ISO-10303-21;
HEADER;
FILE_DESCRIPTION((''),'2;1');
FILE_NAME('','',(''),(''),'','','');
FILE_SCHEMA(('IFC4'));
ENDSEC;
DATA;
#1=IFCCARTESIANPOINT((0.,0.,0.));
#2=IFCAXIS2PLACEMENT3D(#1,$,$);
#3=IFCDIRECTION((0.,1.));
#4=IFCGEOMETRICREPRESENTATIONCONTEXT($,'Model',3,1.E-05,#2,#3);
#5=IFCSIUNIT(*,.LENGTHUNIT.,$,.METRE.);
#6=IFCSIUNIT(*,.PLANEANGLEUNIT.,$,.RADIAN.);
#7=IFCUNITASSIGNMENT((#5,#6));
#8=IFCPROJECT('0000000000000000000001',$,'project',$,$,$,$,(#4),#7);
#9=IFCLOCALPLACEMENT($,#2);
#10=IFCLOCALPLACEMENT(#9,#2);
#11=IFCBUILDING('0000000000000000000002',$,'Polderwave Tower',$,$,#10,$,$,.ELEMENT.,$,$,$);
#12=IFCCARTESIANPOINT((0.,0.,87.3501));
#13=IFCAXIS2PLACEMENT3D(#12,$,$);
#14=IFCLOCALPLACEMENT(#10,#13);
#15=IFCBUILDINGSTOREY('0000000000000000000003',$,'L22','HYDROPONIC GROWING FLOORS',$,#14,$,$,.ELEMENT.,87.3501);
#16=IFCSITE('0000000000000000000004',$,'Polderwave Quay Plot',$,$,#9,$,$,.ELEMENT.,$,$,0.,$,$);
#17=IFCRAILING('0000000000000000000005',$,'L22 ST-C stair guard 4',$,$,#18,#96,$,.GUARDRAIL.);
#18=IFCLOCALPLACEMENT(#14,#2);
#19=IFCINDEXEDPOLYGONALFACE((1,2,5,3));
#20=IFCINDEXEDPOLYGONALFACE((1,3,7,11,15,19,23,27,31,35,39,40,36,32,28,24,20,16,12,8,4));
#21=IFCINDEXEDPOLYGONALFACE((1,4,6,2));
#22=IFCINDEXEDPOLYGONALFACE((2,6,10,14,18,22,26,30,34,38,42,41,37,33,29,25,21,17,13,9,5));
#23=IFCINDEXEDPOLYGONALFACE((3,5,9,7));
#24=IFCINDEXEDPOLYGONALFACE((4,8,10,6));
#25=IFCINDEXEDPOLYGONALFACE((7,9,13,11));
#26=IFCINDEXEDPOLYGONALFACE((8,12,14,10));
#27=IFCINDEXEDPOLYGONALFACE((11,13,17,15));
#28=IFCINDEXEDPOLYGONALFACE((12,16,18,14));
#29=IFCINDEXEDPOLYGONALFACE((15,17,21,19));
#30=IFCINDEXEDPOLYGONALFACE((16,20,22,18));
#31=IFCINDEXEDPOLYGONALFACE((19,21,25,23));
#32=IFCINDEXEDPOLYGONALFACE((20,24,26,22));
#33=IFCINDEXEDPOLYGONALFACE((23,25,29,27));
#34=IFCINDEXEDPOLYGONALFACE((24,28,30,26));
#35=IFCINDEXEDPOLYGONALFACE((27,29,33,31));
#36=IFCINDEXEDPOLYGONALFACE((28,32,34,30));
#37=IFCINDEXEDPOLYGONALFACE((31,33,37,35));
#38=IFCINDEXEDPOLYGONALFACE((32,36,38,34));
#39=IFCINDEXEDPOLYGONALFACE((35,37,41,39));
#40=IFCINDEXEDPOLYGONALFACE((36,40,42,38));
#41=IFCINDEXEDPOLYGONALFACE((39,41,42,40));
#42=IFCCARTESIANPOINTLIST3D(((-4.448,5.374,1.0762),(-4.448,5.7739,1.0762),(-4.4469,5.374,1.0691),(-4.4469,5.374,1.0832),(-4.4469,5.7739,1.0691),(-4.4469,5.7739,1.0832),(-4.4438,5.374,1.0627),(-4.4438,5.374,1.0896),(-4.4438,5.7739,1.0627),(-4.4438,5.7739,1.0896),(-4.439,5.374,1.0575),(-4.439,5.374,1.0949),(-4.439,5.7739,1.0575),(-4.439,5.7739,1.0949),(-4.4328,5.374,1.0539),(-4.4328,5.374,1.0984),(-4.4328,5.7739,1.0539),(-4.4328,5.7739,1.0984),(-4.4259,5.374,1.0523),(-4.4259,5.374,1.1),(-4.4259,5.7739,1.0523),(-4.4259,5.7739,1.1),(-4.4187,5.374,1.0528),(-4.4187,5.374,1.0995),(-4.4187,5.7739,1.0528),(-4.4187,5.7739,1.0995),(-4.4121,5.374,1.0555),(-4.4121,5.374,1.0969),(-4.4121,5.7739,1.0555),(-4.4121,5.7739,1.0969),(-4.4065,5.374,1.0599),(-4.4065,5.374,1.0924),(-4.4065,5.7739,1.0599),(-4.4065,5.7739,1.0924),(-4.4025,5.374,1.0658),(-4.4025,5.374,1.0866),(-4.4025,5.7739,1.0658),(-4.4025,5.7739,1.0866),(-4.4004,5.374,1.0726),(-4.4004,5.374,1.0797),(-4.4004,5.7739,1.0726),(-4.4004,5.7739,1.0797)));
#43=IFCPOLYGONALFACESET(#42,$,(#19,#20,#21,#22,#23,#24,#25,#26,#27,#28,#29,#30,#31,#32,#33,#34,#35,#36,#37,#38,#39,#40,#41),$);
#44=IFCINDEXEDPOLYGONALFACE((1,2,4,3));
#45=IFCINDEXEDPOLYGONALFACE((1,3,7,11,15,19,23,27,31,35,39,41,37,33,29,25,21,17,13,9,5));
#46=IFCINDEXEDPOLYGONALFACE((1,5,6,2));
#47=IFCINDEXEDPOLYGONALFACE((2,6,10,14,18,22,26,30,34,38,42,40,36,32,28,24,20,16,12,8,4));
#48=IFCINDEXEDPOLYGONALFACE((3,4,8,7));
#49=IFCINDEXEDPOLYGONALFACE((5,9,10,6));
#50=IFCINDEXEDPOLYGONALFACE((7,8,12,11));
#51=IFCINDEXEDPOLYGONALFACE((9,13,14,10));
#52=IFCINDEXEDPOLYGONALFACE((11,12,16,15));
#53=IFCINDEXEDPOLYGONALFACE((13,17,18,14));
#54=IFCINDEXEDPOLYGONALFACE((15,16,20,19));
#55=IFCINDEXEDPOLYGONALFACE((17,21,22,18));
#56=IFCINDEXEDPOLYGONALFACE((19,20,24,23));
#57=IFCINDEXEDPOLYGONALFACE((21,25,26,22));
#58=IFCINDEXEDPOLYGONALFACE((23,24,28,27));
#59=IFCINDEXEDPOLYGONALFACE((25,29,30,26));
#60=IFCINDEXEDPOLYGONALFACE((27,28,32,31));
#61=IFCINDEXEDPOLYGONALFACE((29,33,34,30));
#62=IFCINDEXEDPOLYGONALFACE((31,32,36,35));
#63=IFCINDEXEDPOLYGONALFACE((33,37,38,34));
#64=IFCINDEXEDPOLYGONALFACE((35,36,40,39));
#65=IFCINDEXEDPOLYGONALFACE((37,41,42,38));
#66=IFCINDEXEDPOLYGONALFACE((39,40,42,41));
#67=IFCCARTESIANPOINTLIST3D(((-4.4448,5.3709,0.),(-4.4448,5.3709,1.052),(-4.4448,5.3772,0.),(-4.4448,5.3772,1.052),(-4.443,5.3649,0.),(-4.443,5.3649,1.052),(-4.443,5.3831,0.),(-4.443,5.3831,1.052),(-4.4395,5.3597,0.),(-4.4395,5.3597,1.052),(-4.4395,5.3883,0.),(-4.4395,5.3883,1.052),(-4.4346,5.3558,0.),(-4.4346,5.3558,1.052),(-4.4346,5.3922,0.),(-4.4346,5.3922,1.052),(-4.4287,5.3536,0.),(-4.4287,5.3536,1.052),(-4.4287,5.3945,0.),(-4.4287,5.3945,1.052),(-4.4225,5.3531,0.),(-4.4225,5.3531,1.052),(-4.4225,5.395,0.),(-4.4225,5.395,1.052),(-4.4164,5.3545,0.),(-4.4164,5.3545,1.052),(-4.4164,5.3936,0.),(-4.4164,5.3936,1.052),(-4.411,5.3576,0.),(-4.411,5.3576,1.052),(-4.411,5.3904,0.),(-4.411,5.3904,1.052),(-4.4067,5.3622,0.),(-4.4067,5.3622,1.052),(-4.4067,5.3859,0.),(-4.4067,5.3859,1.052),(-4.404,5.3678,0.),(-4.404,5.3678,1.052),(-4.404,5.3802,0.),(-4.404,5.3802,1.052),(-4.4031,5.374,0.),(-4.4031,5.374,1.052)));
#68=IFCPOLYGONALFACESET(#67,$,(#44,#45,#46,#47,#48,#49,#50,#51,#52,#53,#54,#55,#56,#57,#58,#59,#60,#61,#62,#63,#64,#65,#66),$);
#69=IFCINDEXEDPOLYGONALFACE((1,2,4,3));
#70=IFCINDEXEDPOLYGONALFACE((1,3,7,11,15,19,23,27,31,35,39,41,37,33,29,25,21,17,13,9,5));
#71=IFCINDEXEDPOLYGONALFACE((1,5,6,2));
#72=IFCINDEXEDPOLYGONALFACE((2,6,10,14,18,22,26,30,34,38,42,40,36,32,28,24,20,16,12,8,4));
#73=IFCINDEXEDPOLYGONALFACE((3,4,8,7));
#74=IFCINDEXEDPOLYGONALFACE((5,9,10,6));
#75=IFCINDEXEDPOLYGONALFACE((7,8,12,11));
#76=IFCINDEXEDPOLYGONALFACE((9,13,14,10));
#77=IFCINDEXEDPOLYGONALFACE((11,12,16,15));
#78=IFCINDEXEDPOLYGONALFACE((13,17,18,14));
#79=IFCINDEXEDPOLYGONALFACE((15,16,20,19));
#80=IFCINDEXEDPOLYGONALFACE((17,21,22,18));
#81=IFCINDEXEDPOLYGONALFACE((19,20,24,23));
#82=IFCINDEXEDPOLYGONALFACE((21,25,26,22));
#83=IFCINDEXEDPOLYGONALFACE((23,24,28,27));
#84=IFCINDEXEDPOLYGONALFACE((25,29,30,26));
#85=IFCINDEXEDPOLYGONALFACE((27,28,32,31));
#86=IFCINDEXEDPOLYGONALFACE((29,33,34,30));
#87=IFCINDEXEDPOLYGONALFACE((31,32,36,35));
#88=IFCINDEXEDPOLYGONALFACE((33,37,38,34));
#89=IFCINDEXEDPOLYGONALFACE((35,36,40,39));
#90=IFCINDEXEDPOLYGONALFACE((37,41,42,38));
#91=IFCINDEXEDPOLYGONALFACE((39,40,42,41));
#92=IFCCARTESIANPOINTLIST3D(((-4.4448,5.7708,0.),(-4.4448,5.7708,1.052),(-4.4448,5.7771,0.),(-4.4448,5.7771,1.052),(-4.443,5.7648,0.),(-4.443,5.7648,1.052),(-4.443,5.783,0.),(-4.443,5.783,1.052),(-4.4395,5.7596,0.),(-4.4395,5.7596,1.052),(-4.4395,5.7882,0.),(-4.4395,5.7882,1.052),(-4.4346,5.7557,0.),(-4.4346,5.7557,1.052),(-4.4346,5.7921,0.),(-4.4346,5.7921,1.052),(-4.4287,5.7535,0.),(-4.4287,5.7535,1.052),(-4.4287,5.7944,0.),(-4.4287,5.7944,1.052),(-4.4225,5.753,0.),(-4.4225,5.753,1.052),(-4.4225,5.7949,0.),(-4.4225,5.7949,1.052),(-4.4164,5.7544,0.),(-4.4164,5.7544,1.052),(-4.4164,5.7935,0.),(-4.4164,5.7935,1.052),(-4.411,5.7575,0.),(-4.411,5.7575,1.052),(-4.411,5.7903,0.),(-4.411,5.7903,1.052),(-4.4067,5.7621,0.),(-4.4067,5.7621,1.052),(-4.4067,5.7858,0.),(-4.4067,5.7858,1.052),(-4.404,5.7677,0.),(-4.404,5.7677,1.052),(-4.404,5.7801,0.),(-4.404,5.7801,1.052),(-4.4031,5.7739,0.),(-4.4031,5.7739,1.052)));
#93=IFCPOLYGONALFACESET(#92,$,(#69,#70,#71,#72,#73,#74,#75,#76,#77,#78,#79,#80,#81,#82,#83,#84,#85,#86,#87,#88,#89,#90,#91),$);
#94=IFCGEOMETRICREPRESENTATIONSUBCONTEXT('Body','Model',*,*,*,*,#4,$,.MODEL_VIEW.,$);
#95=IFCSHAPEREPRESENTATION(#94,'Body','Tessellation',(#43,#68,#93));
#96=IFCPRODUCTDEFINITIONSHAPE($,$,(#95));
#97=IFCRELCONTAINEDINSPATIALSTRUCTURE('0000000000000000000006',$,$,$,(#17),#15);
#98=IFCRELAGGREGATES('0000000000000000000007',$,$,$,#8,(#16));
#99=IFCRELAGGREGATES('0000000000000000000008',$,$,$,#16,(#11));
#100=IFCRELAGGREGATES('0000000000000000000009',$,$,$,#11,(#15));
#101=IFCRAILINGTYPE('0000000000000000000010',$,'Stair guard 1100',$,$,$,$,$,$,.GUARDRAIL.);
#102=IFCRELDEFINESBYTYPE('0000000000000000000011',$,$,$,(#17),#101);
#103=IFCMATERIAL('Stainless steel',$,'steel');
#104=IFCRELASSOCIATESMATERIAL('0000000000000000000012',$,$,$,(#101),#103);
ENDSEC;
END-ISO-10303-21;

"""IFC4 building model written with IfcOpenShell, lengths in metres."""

from ifc_helpers import new_model, si_unit, direction, frame, origin, origin_2d, place, context, subcontext, project, spatial, circle, extrude, material, type_object, element, save


model = new_model("IFC4")

# Units and contexts
model_context = context("Model", 3, precision=1e-05, world=origin(), true_north=direction((0.0, 1.0)))
body_context = subcontext(model_context, "Body", "Model", "MODEL_VIEW")
ifc_project = project(units=[si_unit("LENGTHUNIT", "METRE"), si_unit("PLANEANGLEUNIT", "RADIAN")], contexts=[model_context])

# Site, building, storey
site_placement = place(None, origin())
site = spatial("IfcSite", under=ifc_project, at=site_placement, Name="Polderwave Quay Plot", CompositionType="ELEMENT", RefElevation=0.0)
building_placement = place(site_placement, origin())
building = spatial("IfcBuilding", under=site, at=building_placement, Name="Polderwave Tower", CompositionType="ELEMENT")
storey_placement = place(building_placement, frame((0.0, 0.0, 87.3501)))
storey = spatial("IfcBuildingStorey", under=building, at=storey_placement, Name="L22", Description="HYDROPONIC GROWING FLOORS", CompositionType="ELEMENT", Elevation=87.3501)

# Railing
ifc_material_1 = material(Name="Stainless steel", Category="steel")
railing_type_1 = type_object("IfcRailingType", Name="Stair guard 1100", PredefinedType="GUARDRAIL", material=ifc_material_1)
railing_1_placement = place(storey_placement, frame((-4.4241, 5.374, 0.0)))
element("IfcRailing", 1, at=railing_1_placement, inside=storey, type_object=railing_type_1, Name="L22 ST-C stair guard 4", PredefinedType="GUARDRAIL", context=body_context, shape_type="SweptSolid", body=[
    extrude(circle(Radius=0.0239, at=origin_2d()), frame((0.0, 0.0, 1.0762), z_axis=(0.0, 1.0, 0.0), x_axis=(-1.0, 0.0, 0.0)), (0.0, 0.0, 1.0), 0.3999),
    extrude(circle(Radius=0.021, at=origin_2d()), origin(), (0.0, 0.0, 1.0), 1.052),
    extrude(circle(Radius=0.021, at=origin_2d()), frame((0.0, 0.3999, 0.0)), (0.0, 0.0, 1.0), 1.052),
])

save(model, "model.ifc")
